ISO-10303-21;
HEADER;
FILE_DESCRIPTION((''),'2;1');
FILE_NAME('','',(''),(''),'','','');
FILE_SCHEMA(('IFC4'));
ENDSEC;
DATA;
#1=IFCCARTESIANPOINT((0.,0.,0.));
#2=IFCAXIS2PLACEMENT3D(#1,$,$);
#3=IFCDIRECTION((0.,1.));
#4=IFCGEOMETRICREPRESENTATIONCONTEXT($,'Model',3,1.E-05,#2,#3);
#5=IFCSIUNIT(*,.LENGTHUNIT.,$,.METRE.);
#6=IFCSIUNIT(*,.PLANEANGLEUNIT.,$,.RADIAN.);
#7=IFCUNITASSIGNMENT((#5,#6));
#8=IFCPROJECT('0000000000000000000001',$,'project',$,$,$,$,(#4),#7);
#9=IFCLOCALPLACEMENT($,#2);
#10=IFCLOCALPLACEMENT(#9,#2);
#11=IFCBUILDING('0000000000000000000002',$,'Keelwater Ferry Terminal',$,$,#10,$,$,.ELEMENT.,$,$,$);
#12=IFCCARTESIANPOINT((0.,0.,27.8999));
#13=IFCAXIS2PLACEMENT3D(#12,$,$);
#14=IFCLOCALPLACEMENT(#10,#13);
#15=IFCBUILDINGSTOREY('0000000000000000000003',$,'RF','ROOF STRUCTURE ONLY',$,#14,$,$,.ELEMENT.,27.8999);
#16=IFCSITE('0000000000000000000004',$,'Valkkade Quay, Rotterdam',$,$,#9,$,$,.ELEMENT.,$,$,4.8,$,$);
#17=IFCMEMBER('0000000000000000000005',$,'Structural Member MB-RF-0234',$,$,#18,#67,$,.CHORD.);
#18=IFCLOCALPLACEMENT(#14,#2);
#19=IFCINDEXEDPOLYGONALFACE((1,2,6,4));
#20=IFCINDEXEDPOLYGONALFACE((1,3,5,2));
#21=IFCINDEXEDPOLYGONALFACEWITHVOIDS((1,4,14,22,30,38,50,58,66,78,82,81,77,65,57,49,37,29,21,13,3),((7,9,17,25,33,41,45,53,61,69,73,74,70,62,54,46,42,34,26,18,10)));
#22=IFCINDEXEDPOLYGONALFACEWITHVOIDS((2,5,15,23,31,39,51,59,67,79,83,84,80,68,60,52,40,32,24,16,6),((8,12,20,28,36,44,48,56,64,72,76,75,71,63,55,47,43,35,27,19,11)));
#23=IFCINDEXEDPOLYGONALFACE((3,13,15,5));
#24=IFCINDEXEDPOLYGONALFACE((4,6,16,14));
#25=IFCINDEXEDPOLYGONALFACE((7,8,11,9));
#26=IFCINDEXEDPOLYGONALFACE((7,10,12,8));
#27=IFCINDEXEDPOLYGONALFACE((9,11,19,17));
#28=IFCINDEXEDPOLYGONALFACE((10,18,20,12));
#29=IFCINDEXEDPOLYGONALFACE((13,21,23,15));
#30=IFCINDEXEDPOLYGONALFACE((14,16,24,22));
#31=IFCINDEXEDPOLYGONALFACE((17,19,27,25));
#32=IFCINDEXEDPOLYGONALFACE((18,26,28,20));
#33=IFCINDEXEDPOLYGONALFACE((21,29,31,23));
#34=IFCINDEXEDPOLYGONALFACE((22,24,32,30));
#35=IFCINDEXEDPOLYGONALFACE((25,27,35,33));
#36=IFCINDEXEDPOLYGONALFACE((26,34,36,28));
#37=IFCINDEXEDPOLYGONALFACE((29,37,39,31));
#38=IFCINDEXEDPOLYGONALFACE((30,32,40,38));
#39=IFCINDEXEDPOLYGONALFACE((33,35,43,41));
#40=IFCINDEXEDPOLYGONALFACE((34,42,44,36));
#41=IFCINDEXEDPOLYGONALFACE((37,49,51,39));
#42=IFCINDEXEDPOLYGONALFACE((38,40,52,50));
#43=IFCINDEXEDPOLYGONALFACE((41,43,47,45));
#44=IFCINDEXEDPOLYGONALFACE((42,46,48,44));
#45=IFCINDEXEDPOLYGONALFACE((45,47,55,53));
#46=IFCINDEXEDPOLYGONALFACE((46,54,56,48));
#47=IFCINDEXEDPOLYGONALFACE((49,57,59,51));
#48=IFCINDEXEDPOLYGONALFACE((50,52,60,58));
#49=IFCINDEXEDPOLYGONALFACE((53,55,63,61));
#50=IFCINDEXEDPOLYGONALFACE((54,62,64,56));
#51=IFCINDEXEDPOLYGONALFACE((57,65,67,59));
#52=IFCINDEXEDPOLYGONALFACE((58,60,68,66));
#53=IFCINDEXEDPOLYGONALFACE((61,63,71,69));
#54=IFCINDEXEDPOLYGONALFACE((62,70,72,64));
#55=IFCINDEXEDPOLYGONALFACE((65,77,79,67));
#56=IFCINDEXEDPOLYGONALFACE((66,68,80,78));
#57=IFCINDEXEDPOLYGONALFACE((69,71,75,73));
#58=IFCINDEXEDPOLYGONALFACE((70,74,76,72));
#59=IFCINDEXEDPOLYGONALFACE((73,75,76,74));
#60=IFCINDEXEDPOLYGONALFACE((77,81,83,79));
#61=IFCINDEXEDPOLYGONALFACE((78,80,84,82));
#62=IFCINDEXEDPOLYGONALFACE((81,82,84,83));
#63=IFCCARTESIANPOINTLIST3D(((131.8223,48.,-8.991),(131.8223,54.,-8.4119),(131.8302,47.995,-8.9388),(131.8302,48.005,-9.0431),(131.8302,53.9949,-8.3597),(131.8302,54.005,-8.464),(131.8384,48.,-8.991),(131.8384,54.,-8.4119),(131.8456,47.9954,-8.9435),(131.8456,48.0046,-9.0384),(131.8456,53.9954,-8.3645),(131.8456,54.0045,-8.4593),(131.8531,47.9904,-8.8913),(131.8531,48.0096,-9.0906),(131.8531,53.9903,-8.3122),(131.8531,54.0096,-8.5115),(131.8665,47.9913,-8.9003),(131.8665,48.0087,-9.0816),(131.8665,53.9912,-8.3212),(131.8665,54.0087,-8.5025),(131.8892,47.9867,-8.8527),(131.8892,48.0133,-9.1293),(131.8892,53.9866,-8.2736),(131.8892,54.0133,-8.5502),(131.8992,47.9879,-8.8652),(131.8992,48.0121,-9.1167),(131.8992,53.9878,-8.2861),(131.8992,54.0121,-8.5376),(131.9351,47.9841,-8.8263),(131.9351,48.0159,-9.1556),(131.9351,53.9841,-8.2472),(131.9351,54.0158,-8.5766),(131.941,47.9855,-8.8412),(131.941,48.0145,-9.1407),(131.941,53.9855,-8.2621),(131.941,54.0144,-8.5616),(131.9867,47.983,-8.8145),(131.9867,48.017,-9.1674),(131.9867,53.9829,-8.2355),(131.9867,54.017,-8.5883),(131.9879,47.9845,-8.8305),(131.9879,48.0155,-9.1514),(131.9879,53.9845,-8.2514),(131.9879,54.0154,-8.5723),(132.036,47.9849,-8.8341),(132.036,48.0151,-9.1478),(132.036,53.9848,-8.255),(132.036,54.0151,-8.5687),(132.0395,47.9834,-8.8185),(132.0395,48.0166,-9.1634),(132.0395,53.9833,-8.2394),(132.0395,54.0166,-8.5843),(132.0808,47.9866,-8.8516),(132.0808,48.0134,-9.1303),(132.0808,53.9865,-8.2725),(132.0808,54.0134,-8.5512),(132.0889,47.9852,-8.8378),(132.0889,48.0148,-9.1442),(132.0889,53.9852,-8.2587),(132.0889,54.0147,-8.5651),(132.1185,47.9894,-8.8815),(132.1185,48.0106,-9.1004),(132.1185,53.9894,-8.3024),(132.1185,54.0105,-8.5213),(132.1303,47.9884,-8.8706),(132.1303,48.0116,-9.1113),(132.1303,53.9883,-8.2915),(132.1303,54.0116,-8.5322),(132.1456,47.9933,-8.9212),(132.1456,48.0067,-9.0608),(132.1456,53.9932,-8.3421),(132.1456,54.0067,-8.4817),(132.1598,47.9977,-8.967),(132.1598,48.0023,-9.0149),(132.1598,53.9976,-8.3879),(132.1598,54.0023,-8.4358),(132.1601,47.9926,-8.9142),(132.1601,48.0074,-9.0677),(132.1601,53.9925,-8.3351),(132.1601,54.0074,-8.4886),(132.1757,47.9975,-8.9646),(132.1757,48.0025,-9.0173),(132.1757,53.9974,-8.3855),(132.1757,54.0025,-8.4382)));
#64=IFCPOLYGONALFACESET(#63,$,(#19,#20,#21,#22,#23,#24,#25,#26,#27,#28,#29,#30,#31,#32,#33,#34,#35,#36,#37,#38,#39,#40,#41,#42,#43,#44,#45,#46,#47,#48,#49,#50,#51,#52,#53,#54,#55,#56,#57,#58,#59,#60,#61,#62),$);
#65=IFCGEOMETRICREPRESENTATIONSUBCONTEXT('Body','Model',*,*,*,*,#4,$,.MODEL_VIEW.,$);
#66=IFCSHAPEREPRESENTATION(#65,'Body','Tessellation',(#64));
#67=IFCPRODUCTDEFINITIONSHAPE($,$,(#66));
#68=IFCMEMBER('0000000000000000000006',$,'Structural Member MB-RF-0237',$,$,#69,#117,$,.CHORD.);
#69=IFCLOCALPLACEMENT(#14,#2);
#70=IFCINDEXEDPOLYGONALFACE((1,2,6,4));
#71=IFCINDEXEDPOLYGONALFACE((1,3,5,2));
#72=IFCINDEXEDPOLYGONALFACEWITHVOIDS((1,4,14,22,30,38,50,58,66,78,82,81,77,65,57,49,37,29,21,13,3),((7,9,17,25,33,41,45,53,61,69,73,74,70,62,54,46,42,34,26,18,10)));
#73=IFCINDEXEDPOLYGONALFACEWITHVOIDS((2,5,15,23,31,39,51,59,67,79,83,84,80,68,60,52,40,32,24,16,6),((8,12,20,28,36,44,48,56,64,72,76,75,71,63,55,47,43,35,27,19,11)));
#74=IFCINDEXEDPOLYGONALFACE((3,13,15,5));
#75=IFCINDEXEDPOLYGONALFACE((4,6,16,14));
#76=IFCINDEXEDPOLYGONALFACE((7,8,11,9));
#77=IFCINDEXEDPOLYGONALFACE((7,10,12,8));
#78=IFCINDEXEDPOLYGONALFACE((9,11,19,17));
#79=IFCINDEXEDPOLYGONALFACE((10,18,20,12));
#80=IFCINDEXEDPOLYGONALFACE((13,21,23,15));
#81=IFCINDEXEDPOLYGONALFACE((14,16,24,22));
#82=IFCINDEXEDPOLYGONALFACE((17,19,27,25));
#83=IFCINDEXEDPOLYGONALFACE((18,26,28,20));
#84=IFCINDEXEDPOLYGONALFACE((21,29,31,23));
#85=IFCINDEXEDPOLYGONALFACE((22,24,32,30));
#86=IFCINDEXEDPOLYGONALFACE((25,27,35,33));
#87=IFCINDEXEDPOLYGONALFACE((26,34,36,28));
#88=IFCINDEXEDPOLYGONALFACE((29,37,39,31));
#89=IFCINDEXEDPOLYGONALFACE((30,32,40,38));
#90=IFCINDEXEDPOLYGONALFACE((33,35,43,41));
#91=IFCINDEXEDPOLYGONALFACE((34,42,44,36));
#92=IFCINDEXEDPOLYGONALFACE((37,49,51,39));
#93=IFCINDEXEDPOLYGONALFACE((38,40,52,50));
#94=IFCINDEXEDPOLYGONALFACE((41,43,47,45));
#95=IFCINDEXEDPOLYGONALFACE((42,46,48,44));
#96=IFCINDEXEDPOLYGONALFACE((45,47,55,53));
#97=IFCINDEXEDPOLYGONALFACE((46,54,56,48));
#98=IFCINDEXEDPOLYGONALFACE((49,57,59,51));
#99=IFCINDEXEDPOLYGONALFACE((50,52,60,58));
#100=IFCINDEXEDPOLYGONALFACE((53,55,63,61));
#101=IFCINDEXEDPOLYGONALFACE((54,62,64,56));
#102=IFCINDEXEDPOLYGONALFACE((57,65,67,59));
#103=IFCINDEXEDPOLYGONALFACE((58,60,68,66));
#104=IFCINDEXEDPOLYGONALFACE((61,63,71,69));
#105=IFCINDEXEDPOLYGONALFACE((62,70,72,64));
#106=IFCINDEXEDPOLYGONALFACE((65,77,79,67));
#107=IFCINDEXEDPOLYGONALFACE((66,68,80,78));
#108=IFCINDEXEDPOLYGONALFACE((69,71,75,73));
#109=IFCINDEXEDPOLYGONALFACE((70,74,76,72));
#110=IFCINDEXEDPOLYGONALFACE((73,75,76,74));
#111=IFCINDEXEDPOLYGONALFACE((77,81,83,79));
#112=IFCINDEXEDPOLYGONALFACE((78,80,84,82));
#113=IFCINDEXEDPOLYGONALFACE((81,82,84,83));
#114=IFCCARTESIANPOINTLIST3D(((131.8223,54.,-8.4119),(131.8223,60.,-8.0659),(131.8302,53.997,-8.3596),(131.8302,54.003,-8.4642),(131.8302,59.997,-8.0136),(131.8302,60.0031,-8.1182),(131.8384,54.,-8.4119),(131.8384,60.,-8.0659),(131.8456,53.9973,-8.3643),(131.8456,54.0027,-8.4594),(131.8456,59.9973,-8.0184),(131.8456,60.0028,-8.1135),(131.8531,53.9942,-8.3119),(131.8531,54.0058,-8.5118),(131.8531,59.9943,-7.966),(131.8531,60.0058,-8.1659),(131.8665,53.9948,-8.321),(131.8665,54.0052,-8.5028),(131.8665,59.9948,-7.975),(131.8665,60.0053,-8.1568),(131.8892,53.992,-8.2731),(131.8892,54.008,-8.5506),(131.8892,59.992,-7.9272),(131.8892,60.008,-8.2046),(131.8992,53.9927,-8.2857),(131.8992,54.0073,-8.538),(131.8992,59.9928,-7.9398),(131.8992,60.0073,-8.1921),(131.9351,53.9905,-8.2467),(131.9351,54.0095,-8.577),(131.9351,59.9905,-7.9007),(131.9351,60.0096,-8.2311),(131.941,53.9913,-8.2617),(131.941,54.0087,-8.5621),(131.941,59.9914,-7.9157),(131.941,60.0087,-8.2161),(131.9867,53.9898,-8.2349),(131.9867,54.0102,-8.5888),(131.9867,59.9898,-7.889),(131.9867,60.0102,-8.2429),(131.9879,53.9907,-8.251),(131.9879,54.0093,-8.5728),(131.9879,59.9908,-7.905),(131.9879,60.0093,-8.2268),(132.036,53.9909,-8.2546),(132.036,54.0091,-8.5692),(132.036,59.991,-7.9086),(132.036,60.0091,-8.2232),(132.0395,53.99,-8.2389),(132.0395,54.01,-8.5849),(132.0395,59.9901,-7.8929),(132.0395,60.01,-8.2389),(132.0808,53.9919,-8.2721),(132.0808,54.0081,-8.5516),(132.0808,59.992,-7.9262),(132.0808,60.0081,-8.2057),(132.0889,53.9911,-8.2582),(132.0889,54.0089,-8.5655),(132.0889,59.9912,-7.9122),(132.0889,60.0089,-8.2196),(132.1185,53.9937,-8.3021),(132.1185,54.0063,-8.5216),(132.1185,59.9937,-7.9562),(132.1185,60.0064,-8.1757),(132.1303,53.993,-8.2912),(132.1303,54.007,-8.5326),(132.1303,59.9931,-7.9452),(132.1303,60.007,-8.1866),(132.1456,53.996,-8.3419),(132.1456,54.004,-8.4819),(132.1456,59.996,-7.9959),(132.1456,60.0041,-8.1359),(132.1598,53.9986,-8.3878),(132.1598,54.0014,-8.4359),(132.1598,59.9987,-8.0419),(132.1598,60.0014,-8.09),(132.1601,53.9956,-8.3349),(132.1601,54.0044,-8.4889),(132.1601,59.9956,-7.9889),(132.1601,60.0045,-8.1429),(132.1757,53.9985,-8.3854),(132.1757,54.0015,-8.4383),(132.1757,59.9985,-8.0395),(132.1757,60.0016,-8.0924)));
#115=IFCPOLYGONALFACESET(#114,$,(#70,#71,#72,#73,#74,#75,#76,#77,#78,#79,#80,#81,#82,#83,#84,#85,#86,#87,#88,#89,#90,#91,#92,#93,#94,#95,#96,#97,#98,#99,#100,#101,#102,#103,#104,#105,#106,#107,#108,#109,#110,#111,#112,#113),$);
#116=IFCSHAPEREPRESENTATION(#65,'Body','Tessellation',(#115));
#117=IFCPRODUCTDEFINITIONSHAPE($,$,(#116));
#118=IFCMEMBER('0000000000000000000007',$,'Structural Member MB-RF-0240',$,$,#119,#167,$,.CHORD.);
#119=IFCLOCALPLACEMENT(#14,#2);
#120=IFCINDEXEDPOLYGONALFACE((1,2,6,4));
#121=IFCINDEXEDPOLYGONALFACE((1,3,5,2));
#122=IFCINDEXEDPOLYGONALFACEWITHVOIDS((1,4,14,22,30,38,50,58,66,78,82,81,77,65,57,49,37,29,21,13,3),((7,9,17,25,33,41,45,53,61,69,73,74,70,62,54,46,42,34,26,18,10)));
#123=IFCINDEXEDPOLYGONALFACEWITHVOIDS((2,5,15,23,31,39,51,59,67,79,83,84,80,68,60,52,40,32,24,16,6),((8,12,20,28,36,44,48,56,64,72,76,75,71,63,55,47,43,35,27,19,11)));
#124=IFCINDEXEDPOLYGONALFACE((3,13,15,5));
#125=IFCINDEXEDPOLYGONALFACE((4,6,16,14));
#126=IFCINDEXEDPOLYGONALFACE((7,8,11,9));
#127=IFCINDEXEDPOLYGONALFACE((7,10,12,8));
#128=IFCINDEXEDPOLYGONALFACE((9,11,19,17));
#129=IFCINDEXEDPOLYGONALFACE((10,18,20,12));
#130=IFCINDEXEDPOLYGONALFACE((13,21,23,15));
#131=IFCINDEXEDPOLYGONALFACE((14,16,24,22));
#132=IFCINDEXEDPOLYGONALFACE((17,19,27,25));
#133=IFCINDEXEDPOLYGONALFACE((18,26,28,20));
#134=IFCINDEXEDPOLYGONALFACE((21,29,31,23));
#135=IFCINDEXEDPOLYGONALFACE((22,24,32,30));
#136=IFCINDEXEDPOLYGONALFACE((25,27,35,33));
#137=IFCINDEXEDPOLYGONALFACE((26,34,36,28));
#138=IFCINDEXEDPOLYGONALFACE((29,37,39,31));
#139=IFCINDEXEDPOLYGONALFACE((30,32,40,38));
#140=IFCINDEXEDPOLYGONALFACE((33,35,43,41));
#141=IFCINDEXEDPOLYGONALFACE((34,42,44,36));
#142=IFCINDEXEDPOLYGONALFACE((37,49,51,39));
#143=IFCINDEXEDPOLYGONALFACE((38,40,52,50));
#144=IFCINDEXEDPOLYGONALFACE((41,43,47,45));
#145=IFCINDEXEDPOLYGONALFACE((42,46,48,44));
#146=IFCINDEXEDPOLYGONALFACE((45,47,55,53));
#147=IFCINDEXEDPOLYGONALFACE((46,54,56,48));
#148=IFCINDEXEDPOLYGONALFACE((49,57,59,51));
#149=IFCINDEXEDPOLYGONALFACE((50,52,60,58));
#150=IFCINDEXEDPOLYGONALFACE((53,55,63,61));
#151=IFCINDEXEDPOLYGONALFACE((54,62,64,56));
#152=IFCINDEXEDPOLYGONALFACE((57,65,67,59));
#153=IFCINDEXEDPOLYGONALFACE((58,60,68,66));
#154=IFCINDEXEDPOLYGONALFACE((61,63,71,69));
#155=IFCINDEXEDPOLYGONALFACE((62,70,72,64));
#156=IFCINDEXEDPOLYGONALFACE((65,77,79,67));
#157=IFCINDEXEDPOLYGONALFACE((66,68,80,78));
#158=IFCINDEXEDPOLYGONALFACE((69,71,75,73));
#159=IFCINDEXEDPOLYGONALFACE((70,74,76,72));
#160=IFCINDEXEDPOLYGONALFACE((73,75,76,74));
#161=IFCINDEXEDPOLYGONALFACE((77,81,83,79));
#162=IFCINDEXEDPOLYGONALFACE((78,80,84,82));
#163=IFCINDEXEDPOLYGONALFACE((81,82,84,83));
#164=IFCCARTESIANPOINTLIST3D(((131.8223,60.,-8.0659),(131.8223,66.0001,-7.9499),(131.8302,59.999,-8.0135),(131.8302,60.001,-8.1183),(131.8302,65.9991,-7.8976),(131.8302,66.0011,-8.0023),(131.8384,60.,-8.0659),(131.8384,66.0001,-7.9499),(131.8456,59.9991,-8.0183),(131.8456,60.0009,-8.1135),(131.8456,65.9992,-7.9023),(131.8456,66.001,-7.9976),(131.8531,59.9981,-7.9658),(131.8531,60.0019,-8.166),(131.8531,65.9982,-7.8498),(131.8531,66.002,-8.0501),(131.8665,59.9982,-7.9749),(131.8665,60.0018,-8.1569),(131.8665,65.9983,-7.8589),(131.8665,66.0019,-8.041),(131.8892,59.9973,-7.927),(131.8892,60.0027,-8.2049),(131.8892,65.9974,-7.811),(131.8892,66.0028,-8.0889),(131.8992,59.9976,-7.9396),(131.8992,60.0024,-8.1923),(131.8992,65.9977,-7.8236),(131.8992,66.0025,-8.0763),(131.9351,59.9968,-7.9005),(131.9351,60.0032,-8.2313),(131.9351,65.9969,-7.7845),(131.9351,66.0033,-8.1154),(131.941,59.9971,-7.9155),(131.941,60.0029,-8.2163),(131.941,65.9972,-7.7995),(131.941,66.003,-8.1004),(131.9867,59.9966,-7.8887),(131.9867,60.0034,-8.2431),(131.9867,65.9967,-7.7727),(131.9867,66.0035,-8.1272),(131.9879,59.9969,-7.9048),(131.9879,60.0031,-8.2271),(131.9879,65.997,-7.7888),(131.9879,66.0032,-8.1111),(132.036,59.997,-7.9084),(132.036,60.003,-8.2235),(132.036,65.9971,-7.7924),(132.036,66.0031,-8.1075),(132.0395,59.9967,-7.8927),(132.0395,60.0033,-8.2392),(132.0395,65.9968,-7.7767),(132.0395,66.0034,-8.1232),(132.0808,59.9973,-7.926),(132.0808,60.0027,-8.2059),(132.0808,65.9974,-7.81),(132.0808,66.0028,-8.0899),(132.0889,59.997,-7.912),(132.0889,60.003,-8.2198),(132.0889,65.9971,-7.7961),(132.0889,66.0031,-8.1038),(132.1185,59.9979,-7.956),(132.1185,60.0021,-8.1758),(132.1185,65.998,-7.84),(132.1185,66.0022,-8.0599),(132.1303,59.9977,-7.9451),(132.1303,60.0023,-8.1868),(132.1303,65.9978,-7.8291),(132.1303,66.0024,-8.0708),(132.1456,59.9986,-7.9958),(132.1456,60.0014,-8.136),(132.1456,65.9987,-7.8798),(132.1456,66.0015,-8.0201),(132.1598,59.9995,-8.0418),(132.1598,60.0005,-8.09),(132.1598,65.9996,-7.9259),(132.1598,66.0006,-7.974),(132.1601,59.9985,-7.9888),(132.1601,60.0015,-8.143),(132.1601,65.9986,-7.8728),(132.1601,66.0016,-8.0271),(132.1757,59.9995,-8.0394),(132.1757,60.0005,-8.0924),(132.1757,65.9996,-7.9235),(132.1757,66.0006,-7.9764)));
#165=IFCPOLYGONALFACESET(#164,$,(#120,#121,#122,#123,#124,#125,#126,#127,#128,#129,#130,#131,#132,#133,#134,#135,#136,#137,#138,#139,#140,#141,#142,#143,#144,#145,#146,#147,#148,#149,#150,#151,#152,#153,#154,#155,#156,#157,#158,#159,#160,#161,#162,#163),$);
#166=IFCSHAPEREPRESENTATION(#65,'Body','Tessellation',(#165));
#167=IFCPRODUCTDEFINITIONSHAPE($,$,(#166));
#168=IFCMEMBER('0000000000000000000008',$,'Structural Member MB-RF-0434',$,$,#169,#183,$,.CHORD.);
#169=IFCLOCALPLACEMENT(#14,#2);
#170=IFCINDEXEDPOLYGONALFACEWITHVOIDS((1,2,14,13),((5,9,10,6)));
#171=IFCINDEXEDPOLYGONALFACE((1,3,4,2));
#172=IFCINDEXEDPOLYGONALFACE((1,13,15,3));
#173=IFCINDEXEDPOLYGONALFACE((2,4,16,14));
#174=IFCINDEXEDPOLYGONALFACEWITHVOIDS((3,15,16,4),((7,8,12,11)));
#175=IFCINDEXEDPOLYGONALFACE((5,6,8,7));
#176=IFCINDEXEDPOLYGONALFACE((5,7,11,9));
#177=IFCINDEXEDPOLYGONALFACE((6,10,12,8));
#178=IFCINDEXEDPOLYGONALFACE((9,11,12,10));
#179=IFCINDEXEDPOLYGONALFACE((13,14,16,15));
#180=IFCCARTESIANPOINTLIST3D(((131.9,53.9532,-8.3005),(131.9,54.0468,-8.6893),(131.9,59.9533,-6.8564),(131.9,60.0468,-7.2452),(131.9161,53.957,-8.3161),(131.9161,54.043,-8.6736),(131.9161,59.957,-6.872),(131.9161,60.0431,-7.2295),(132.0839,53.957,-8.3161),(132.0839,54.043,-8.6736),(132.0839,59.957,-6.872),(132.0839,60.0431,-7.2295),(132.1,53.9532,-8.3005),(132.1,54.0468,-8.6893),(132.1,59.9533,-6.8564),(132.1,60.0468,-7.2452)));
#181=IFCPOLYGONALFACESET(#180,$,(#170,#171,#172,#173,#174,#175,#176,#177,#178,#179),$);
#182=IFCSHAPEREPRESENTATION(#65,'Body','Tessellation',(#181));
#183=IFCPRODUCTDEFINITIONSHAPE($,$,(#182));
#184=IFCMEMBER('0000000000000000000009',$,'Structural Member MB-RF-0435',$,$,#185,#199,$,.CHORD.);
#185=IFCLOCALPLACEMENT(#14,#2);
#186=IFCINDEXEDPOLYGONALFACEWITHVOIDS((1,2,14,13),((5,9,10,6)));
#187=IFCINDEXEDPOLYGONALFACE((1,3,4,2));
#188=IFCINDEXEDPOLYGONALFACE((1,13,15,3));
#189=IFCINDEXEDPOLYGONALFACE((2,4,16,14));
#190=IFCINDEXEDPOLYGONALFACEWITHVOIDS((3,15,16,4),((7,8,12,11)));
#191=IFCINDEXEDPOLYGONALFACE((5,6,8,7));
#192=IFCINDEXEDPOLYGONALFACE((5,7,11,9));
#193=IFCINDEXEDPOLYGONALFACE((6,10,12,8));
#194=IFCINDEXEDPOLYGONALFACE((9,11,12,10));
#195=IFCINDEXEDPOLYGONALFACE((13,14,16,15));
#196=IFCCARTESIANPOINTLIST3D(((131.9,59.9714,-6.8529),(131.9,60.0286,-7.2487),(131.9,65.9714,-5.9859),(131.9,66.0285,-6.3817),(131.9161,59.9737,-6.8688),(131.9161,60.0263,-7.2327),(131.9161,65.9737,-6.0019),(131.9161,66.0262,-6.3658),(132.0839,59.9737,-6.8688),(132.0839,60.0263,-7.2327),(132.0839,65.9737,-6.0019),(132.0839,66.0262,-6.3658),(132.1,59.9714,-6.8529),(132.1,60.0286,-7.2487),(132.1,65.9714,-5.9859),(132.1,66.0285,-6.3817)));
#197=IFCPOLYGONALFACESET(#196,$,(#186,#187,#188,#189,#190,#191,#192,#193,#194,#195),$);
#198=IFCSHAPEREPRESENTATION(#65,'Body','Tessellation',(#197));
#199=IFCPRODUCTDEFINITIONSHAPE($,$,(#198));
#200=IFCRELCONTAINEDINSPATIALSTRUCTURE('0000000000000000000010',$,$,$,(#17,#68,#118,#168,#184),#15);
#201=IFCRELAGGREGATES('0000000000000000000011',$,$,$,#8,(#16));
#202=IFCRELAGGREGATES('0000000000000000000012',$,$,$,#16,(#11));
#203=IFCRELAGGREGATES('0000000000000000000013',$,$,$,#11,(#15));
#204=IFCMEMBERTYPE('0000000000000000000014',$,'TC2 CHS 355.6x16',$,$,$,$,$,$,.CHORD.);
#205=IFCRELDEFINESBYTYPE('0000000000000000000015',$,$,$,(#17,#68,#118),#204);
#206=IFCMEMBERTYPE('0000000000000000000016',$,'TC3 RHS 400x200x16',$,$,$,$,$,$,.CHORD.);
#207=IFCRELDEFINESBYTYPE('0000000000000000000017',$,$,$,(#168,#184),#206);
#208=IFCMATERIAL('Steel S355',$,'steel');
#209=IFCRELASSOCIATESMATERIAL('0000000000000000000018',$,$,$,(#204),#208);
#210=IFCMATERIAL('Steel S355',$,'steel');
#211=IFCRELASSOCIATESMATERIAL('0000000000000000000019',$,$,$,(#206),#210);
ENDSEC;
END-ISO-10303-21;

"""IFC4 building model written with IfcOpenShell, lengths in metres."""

from ifc_helpers import new_model, si_unit, direction, frame, origin, origin_2d, place, context, subcontext, project, spatial, hollow_rectangle, hollow_circle, extrude, material, material_profile, profile_set, type_object, element, save


model = new_model("IFC4")

# Units and contexts
model_context = context("Model", 3, precision=1e-05, world=origin(), true_north=direction((0.0, 1.0)))
body_context = subcontext(model_context, "Body", "Model", "MODEL_VIEW")
ifc_project = project(units=[si_unit("LENGTHUNIT", "METRE"), si_unit("PLANEANGLEUNIT", "RADIAN")], contexts=[model_context])

# Site, building, storey
site_placement = place(None, origin())
site = spatial("IfcSite", under=ifc_project, at=site_placement, Name="Valkkade Quay, Rotterdam", CompositionType="ELEMENT", RefElevation=4.8)
building_placement = place(site_placement, origin())
building = spatial("IfcBuilding", under=site, at=building_placement, Name="Keelwater Ferry Terminal", CompositionType="ELEMENT")
storey_placement = place(building_placement, frame((0.0, 0.0, 27.8999)))
storey = spatial("IfcBuildingStorey", under=building, at=storey_placement, Name="RF", Description="ROOF STRUCTURE ONLY", CompositionType="ELEMENT", Elevation=27.8999)

# Members
ifc_material_1 = material(Name="Steel S355", Category="steel")
ifc_material_profile_1 = material_profile(ifc_material_1, hollow_circle(Radius=0.1777, WallThickness=0.0161, at=origin_2d()), Name="CHS 355.6x16")
ifc_profile_set_1 = profile_set([ifc_material_profile_1], Name="Steel S355")
member_type_1 = type_object("IfcMemberType", Name="TC2 CHS 355.6x16", PredefinedType="CHORD", material=ifc_profile_set_1)
member_1_placement = place(storey_placement, frame((132.0, 48.0, -8.991), z_axis=(0.0, 0.995375, 0.09607), x_axis=(-1.0, 0.0, 0.0)))
element("IfcMember", 1, at=member_1_placement, inside=storey, type_object=member_type_1, Name="Structural Member MB-RF-0234", PredefinedType="CHORD", context=body_context, shape_type="SweptSolid", body=[
    extrude(hollow_circle(Radius=0.1777, WallThickness=0.0161, at=origin_2d()), origin(), (0.0, 0.0, 1.0), 6.0278),
])
member_2_placement = place(storey_placement, frame((132.0, 54.0, -8.4119), z_axis=(0.0, 0.998342, 0.057562), x_axis=(-1.0, 0.0, 0.0)))
element("IfcMember", 2, at=member_2_placement, inside=storey, type_object=member_type_1, Name="Structural Member MB-RF-0237", PredefinedType="CHORD", context=body_context, shape_type="SweptSolid", body=[
    extrude(hollow_circle(Radius=0.1777, WallThickness=0.0161, at=origin_2d()), origin(), (0.0, 0.0, 1.0), 6.01),
])
member_3_placement = place(storey_placement, frame((132.0, 60.0, -8.0659), z_axis=(0.0, 0.999813, 0.019324), x_axis=(-1.0, 0.0, 0.0)))
element("IfcMember", 3, at=member_3_placement, inside=storey, type_object=member_type_1, Name="Structural Member MB-RF-0240", PredefinedType="CHORD", context=body_context, shape_type="SweptSolid", body=[
    extrude(hollow_circle(Radius=0.1777, WallThickness=0.0161, at=origin_2d()), origin(), (0.0, 0.0, 1.0), 6.0012),
])
ifc_material_2 = material(Name="Steel S355", Category="steel")
ifc_material_profile_2 = material_profile(ifc_material_2, hollow_rectangle(XDim=0.2, YDim=0.3999, WallThickness=0.0161, at=origin_2d()), Name="RHS 400x200x16")
ifc_profile_set_2 = profile_set([ifc_material_profile_2], Name="Steel S355")
member_type_2 = type_object("IfcMemberType", Name="TC3 RHS 400x200x16", PredefinedType="CHORD", material=ifc_profile_set_2)
member_4_placement = place(storey_placement, frame((132.0, 54.0, -8.4949), z_axis=(0.0, 0.972237, 0.234), x_axis=(-1.0, 0.0, 0.0)))
element("IfcMember", 4, at=member_4_placement, inside=storey, type_object=member_type_2, Name="Structural Member MB-RF-0434", PredefinedType="CHORD", context=body_context, shape_type="SweptSolid", body=[
    extrude(hollow_rectangle(XDim=0.2, YDim=0.3999, WallThickness=0.0161, at=origin_2d()), origin(), (0.0, 0.0, 1.0), 6.1714),
])
member_5_placement = place(storey_placement, frame((132.0, 60.0, -7.0508), z_axis=(0.0, 0.989722, 0.143005), x_axis=(-1.0, 0.0, 0.0)))
element("IfcMember", 5, at=member_5_placement, inside=storey, type_object=member_type_2, Name="Structural Member MB-RF-0435", PredefinedType="CHORD", context=body_context, shape_type="SweptSolid", body=[
    extrude(hollow_rectangle(XDim=0.2, YDim=0.3999, WallThickness=0.0161, at=origin_2d()), origin(), (0.0, 0.0, 1.0), 6.0623),
])

save(model, "model.ifc")
